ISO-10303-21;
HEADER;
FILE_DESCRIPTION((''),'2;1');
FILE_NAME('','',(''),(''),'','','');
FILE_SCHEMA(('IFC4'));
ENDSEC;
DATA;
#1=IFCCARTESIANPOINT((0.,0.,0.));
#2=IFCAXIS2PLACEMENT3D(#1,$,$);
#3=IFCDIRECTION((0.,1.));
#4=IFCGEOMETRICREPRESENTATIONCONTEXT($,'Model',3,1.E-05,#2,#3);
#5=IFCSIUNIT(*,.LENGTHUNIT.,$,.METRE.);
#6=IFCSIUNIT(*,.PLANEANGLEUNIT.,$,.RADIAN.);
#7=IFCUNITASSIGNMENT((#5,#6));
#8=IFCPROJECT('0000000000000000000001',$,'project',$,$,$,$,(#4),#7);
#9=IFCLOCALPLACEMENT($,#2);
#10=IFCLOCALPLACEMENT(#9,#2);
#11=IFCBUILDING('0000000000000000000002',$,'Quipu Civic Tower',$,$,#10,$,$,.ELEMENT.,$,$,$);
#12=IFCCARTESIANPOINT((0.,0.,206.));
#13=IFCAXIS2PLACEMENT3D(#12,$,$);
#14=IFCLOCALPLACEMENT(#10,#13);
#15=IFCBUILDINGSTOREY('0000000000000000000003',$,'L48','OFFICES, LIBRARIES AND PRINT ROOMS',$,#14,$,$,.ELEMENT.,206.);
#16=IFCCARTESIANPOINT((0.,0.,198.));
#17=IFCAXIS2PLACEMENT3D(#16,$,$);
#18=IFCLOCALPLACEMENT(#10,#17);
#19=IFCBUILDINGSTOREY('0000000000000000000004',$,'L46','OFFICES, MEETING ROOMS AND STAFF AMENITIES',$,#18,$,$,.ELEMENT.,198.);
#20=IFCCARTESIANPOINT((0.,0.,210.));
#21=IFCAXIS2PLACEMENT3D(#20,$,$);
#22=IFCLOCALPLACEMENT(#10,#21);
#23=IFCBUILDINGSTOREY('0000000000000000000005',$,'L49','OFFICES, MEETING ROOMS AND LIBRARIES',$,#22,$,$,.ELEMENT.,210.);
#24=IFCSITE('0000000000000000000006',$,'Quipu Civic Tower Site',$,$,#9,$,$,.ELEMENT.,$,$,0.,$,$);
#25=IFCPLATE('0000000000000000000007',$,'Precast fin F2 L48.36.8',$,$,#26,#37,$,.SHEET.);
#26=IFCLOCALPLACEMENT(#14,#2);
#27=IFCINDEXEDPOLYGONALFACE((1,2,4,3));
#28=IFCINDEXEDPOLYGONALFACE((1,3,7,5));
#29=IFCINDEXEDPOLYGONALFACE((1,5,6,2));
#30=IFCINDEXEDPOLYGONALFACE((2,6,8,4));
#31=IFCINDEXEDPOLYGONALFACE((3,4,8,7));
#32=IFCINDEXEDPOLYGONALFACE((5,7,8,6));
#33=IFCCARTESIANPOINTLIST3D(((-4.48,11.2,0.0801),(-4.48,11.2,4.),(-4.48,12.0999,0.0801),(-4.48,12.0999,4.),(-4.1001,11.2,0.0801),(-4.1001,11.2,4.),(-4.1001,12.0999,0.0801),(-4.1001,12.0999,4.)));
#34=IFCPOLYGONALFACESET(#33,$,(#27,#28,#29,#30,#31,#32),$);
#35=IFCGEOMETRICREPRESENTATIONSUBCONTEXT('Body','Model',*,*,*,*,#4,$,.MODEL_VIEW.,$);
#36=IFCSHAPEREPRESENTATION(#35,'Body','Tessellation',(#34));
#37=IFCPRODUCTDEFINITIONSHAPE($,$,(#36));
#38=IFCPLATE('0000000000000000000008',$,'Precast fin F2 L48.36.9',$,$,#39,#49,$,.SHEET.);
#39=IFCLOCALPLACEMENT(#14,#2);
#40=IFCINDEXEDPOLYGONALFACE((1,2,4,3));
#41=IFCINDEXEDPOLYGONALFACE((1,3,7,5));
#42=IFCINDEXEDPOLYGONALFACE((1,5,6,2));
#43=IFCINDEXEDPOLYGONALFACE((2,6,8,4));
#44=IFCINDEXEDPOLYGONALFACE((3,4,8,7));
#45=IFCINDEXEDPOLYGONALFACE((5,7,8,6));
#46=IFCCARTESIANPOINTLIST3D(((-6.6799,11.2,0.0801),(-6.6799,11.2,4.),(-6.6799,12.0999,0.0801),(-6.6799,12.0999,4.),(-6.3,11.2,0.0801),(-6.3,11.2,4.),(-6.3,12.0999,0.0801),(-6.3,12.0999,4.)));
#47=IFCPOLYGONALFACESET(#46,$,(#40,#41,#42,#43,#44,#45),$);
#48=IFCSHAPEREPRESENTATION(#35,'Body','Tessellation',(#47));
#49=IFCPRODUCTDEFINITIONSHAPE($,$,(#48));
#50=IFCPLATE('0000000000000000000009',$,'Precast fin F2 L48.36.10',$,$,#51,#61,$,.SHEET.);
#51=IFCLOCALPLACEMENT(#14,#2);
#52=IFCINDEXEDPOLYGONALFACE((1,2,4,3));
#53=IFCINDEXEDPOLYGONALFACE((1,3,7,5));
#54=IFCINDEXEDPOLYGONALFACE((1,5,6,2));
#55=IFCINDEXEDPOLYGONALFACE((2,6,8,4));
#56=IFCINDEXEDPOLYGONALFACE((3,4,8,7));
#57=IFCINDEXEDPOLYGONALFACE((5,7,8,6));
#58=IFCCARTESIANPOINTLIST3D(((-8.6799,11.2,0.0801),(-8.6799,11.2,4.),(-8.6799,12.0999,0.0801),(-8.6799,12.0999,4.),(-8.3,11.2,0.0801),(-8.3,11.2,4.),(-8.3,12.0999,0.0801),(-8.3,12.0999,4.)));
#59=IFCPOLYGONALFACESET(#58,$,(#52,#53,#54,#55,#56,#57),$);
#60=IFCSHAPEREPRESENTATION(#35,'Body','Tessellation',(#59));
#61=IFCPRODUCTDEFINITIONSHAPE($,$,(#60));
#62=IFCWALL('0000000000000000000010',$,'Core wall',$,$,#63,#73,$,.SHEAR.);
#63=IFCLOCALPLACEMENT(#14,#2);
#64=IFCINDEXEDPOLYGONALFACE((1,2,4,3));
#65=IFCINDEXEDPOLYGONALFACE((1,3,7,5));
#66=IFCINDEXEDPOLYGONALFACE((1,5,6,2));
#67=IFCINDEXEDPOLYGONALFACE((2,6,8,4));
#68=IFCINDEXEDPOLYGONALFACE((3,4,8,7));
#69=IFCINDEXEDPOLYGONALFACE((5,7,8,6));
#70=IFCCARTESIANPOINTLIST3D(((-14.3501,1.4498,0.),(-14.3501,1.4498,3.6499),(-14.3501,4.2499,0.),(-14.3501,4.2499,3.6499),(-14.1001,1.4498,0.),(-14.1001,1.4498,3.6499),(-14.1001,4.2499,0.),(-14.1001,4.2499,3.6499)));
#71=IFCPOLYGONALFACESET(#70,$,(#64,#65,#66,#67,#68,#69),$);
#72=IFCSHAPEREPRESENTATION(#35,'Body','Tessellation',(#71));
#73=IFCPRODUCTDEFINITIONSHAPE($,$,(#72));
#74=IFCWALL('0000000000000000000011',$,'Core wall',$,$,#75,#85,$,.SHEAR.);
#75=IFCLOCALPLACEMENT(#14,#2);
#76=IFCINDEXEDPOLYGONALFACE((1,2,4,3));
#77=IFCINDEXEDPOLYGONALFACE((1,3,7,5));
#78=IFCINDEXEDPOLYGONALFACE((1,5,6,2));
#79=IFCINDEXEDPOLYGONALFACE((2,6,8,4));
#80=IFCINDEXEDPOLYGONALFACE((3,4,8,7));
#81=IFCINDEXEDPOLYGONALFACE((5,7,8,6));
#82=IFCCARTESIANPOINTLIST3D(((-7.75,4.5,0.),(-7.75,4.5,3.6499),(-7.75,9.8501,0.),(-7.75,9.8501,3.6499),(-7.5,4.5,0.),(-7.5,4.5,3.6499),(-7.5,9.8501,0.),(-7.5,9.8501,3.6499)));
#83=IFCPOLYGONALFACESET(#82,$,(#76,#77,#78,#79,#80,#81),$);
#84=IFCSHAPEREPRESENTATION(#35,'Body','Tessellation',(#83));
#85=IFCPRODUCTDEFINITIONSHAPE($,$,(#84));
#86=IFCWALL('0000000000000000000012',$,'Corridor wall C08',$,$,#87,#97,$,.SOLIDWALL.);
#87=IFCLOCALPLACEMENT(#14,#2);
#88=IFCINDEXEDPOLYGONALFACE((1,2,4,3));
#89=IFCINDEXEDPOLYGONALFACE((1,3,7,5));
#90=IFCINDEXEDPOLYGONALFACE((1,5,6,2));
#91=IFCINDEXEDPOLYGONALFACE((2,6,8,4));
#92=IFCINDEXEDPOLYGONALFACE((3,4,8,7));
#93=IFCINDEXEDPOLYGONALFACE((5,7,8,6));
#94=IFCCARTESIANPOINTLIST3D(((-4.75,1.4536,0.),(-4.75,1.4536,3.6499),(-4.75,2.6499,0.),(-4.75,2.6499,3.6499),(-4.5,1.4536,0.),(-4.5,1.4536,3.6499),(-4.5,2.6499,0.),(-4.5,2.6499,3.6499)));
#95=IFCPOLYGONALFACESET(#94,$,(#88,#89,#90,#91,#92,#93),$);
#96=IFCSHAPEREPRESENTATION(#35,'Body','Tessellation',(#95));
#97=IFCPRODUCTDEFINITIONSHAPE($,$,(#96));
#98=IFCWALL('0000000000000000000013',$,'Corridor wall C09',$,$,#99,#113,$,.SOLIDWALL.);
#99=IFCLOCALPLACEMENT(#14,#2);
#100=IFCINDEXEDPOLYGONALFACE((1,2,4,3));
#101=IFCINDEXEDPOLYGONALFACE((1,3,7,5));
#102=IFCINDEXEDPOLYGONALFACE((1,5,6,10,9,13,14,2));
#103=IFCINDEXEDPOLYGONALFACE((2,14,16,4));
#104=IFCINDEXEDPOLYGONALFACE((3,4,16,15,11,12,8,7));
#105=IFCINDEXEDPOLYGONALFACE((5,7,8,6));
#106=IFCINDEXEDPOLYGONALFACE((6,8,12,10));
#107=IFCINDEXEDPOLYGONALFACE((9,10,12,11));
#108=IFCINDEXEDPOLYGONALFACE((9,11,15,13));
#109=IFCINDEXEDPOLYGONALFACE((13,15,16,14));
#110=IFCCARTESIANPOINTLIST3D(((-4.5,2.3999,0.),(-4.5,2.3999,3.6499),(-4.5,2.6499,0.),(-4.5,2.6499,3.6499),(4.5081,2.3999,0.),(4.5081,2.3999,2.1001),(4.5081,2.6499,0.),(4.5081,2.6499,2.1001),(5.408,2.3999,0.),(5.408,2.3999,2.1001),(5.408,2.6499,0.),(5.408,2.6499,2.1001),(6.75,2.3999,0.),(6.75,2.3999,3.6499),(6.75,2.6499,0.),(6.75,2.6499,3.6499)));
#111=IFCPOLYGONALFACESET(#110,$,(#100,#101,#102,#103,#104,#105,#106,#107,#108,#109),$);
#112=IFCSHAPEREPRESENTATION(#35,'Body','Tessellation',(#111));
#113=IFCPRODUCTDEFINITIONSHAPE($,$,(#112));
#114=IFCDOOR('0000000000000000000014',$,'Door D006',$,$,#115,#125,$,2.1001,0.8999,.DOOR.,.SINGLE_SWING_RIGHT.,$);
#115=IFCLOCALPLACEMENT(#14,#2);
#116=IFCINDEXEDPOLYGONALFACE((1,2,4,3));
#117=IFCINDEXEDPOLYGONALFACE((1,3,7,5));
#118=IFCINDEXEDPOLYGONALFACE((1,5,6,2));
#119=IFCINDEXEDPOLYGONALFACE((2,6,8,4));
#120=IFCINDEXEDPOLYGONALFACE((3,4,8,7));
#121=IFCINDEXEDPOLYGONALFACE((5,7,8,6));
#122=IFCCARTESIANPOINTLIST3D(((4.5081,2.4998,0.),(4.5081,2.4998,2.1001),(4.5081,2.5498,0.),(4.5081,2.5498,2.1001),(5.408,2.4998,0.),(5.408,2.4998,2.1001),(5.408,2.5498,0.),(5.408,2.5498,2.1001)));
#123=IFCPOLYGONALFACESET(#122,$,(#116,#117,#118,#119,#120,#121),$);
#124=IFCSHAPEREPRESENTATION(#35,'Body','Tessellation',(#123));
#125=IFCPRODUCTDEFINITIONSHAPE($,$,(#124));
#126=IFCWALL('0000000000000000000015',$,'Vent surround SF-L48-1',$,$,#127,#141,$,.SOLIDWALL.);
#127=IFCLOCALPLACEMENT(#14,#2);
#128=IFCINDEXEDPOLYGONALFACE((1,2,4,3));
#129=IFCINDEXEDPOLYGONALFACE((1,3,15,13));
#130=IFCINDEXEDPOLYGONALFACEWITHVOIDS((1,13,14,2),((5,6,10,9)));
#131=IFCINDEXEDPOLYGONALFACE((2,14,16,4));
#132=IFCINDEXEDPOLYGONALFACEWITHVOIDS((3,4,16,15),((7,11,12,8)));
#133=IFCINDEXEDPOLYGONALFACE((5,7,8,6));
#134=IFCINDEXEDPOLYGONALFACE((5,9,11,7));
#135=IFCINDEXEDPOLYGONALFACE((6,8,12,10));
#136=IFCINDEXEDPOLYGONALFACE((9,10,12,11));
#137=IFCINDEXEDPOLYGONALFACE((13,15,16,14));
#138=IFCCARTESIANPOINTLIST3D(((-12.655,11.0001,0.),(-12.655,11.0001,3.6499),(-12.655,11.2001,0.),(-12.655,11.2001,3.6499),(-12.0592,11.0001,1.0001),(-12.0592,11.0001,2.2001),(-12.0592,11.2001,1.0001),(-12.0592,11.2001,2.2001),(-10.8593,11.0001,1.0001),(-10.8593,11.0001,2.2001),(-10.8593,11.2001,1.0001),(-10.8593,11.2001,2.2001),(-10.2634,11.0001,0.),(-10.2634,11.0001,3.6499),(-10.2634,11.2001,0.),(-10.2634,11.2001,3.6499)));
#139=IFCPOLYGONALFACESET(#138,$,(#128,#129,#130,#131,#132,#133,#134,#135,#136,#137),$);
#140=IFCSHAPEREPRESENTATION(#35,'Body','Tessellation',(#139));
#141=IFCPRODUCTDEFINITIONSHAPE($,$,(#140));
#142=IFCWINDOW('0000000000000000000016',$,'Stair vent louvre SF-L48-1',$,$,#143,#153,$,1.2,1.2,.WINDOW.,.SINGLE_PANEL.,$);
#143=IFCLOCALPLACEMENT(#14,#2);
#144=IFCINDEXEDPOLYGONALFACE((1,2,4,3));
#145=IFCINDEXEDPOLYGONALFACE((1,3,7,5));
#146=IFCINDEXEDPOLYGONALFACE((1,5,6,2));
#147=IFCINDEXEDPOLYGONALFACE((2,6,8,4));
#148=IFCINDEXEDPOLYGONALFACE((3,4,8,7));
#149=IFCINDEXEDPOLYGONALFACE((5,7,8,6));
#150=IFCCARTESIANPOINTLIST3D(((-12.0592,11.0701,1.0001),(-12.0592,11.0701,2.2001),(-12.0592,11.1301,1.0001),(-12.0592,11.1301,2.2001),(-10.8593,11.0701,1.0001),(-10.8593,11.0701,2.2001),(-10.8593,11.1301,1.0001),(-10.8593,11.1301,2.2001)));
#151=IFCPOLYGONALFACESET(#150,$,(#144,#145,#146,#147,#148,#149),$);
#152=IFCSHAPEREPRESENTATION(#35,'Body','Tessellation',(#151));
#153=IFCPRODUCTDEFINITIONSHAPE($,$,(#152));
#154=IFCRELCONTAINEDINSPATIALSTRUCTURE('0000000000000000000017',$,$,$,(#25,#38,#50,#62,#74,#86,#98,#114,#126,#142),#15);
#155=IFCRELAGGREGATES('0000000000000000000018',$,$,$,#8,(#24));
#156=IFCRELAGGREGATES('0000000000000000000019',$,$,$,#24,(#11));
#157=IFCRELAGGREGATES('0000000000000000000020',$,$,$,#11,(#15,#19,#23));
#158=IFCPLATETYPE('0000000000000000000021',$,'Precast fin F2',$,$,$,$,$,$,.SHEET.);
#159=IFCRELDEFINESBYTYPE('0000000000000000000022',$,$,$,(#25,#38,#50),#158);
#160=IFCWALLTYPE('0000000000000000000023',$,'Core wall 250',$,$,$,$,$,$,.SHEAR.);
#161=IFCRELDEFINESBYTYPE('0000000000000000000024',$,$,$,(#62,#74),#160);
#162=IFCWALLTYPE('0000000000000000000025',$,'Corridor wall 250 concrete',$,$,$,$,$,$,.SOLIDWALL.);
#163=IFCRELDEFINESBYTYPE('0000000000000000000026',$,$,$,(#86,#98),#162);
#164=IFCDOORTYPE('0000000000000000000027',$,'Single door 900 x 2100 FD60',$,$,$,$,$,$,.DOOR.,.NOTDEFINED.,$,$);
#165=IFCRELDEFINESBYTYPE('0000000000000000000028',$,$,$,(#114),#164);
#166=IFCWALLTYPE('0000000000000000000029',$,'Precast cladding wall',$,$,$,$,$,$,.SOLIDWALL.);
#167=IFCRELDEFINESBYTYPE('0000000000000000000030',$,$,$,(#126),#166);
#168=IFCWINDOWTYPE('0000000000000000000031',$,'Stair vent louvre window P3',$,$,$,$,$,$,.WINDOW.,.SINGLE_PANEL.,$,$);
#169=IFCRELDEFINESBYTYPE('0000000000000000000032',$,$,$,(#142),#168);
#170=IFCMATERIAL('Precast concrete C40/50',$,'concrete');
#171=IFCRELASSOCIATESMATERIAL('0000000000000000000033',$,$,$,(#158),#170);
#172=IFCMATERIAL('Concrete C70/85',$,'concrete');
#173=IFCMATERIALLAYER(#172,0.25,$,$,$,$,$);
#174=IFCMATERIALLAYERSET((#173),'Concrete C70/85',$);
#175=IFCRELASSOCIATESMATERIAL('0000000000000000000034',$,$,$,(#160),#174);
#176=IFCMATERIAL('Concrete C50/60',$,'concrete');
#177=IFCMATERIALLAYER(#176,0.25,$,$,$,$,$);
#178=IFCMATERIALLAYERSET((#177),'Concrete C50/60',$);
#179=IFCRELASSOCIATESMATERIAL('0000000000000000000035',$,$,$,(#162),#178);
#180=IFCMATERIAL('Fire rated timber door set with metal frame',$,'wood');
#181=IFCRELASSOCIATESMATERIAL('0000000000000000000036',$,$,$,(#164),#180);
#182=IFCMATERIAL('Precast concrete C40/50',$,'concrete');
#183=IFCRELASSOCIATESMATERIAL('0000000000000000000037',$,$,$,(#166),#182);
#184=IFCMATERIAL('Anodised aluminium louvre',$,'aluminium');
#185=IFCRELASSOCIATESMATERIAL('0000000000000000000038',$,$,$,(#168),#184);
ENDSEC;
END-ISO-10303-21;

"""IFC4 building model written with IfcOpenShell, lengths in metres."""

from ifc_helpers import new_model, si_unit, direction, frame, frame_2d, origin, origin_2d, place, context, subcontext, project, spatial, rectangle, extrude, material, layer, layer_set, type_object, element, fill, save


model = new_model("IFC4")

# Units and contexts
model_context = context("Model", 3, precision=1e-05, world=origin(), true_north=direction((0.0, 1.0)))
body_context = subcontext(model_context, "Body", "Model", "MODEL_VIEW")
ifc_project = project(units=[si_unit("LENGTHUNIT", "METRE"), si_unit("PLANEANGLEUNIT", "RADIAN")], contexts=[model_context])

# Site, building, storey
site_placement = place(None, origin())
site = spatial("IfcSite", under=ifc_project, at=site_placement, Name="Quipu Civic Tower Site", CompositionType="ELEMENT", RefElevation=0.0)
building_placement = place(site_placement, origin())
building = spatial("IfcBuilding", under=site, at=building_placement, Name="Quipu Civic Tower", CompositionType="ELEMENT")
storey_1_placement = place(building_placement, frame((0.0, 0.0, 206.0)))
storey_1 = spatial("IfcBuildingStorey", under=building, at=storey_1_placement, Name="L48", Description="OFFICES, LIBRARIES AND PRINT ROOMS", CompositionType="ELEMENT", Elevation=206.0)

# Shared definitions
storey_2_placement = place(building_placement, frame((0.0, 0.0, 198.0)))
storey_2 = spatial("IfcBuildingStorey", under=building, at=storey_2_placement, Name="L46", Description="OFFICES, MEETING ROOMS AND STAFF AMENITIES", CompositionType="ELEMENT", Elevation=198.0)

# Shared definitions
storey_3_placement = place(building_placement, frame((0.0, 0.0, 210.0)))
storey_3 = spatial("IfcBuildingStorey", under=building, at=storey_3_placement, Name="L49", Description="OFFICES, MEETING ROOMS AND LIBRARIES", CompositionType="ELEMENT", Elevation=210.0)

# Plates
ifc_material_1 = material(Name="Precast concrete C40/50", Category="concrete")
plate_type_1 = type_object("IfcPlateType", Name="Precast fin F2", PredefinedType="SHEET", material=ifc_material_1)
for number, where, z_axis, x_axis, name in (
    (1, (-4.29, 11.6499, 0.0801), (0.0, 0.0, 1.0), (-1.0, 0.0, 0.0), "Precast fin F2 L48.36.8"),
    (2, (-6.49, 11.6499, 0.0801), (0.0, 0.0, 1.0), (-1.0, 0.0, 0.0), "Precast fin F2 L48.36.9"),
    (3, (-8.49, 11.6499, 0.0801), (0.0, 0.0, 1.0), (-1.0, 0.0, 0.0), "Precast fin F2 L48.36.10"),
):
    element("IfcPlate", number, at=place(storey_1_placement, frame(where, z_axis=z_axis, x_axis=x_axis)), inside=storey_1, type_object=plate_type_1, Name=name, PredefinedType="SHEET", context=body_context, shape_type="SweptSolid", body=[
        extrude(rectangle(XDim=0.3799, YDim=0.8999, at=origin_2d()), origin(), (0.0, 0.0, 1.0), 3.9199),
    ])

# Walls
ifc_material_2 = material(Name="Concrete C70/85", Category="concrete")
ifc_layer_1 = layer(ifc_material_2, 0.25)
ifc_layer_set_1 = layer_set([ifc_layer_1], Name="Concrete C70/85")
wall_type_1 = type_object("IfcWallType", Name="Core wall 250", PredefinedType="SHEAR", material=ifc_layer_set_1)
wall_1_placement = place(storey_1_placement, frame((-14.2251, 1.45, 0.0), z_axis=(0.0, 0.0, 1.0), x_axis=(0.0, 1.0, 0.0)))
element("IfcWall", 4, at=wall_1_placement, inside=storey_1, type_object=wall_type_1, Name="Core wall", PredefinedType="SHEAR", context=body_context, shape_type="SweptSolid", body=[
    extrude(rectangle(XDim=2.8, YDim=0.25, at=frame_2d((1.3999, 0.0))), origin(), (0.0, 0.0, 1.0), 3.6499),
])
wall_2_placement = place(storey_1_placement, frame((-7.625, 4.5, 0.0), z_axis=(0.0, 0.0, 1.0), x_axis=(0.0, 1.0, 0.0)))
element("IfcWall", 5, at=wall_2_placement, inside=storey_1, type_object=wall_type_1, Name="Core wall", PredefinedType="SHEAR", context=body_context, shape_type="SweptSolid", body=[
    extrude(rectangle(XDim=5.3501, YDim=0.25, at=frame_2d((2.675, 0.0))), origin(), (0.0, 0.0, 1.0), 3.6499),
])
ifc_material_3 = material(Name="Concrete C50/60", Category="concrete")
ifc_layer_2 = layer(ifc_material_3, 0.25)
ifc_layer_set_2 = layer_set([ifc_layer_2], Name="Concrete C50/60")
wall_type_2 = type_object("IfcWallType", Name="Corridor wall 250 concrete", PredefinedType="SOLIDWALL", material=ifc_layer_set_2)
wall_3_placement = place(storey_1_placement, frame((-4.625, 1.4536, 0.0), z_axis=(0.0, 0.0, 1.0), x_axis=(0.0, 1.0, 0.0)))
element("IfcWall", 6, at=wall_3_placement, inside=storey_1, type_object=wall_type_2, Name="Corridor wall C08", PredefinedType="SOLIDWALL", context=body_context, shape_type="SweptSolid", body=[
    extrude(rectangle(XDim=1.1963, YDim=0.25, at=frame_2d((0.5981, 0.0))), origin(), (0.0, 0.0, 1.0), 3.6499),
])

# Wall, opening, door
wall_4_placement = place(storey_1_placement, frame((-4.5, 2.5249, 0.0), z_axis=(0.0, 0.0, 1.0), x_axis=(1.0, 0.0, 0.0)))
wall_4 = element("IfcWall", 7, at=wall_4_placement, inside=storey_1, type_object=wall_type_2, Name="Corridor wall C09", PredefinedType="SOLIDWALL", context=body_context, shape_type="SweptSolid", body=[
    extrude(rectangle(XDim=11.25, YDim=0.25, at=frame_2d((5.625, 0.0))), origin(), (0.0, 0.0, 1.0), 3.6499),
])
opening_1_placement = place(wall_4_placement, frame((9.0081, 0.0, 0.0)))
opening_1 = element("IfcOpeningElement", 8, at=opening_1_placement, cuts=wall_4, PredefinedType="OPENING", context=body_context, shape_type="SweptSolid", body=[
    extrude(rectangle(XDim=0.8999, YDim=2.1001, at=frame_2d((0.45, 1.05))), frame((0.0, 0.135, 0.0), z_axis=(0.0, -1.0, 0.0), x_axis=(1.0, 0.0, 0.0)), (0.0, 0.0, 1.0), 0.27),
])
ifc_material_4 = material(Name="Fire rated timber door set with metal frame", Category="wood")
door_type = type_object("IfcDoorType", Name="Single door 900 x 2100 FD60", OperationType="NOTDEFINED", PredefinedType="DOOR", material=ifc_material_4)
door_placement = place(opening_1_placement, origin())
door = element("IfcDoor", 9, at=door_placement, inside=storey_1, type_object=door_type, Name="Door D006", OperationType="SINGLE_SWING_RIGHT", OverallHeight=2.1001, OverallWidth=0.8999, PredefinedType="DOOR", context=body_context, shape_type="SweptSolid", body=[
    extrude(rectangle(XDim=0.8999, YDim=2.1001, at=frame_2d((0.45, 1.05))), frame((0.0, 0.0249, 0.0), z_axis=(0.0, -1.0, 0.0), x_axis=(1.0, 0.0, 0.0)), (0.0, 0.0, 1.0), 0.05),
])
fill(opening_1, door)

# Wall, opening, window
ifc_material_5 = material(Name="Precast concrete C40/50", Category="concrete")
wall_type_3 = type_object("IfcWallType", Name="Precast cladding wall", PredefinedType="SOLIDWALL", material=ifc_material_5)
wall_5_placement = place(storey_1_placement, frame((-10.2634, 11.1001, 0.0), z_axis=(0.0, 0.0, 1.0), x_axis=(-1.0, 0.0, 0.0)))
wall_5 = element("IfcWall", 10, at=wall_5_placement, inside=storey_1, type_object=wall_type_3, Name="Vent surround SF-L48-1", PredefinedType="SOLIDWALL", context=body_context, shape_type="SweptSolid", body=[
    extrude(rectangle(XDim=2.3916, YDim=0.2, at=frame_2d((1.1958, 0.0))), origin(), (0.0, 0.0, 1.0), 3.6499),
])
opening_2_placement = place(wall_5_placement, frame((0.5957, 0.0, 1.0)))
opening_2 = element("IfcOpeningElement", 11, at=opening_2_placement, cuts=wall_5, PredefinedType="OPENING", context=body_context, shape_type="SweptSolid", body=[
    extrude(rectangle(XDim=1.2, YDim=1.2, at=frame_2d((0.6001, 0.6001))), frame((0.0, 0.1099, 0.0), z_axis=(0.0, -1.0, 0.0), x_axis=(1.0, 0.0, 0.0)), (0.0, 0.0, 1.0), 0.22),
])
ifc_material_6 = material(Name="Anodised aluminium louvre", Category="aluminium")
window_type = type_object("IfcWindowType", Name="Stair vent louvre window P3", PartitioningType="SINGLE_PANEL", PredefinedType="WINDOW", material=ifc_material_6)
window_placement = place(opening_2_placement, origin())
window = element("IfcWindow", 12, at=window_placement, inside=storey_1, type_object=window_type, Name="Stair vent louvre SF-L48-1", OverallHeight=1.2, OverallWidth=1.2, PartitioningType="SINGLE_PANEL", PredefinedType="WINDOW", context=body_context, shape_type="SweptSolid", body=[
    extrude(rectangle(XDim=1.2, YDim=1.2, at=frame_2d((0.6001, 0.6001))), frame((0.0, 0.03, 0.0), z_axis=(0.0, -1.0, 0.0), x_axis=(1.0, 0.0, 0.0)), (0.0, 0.0, 1.0), 0.0601),
])
fill(opening_2, window)

save(model, "model.ifc")
